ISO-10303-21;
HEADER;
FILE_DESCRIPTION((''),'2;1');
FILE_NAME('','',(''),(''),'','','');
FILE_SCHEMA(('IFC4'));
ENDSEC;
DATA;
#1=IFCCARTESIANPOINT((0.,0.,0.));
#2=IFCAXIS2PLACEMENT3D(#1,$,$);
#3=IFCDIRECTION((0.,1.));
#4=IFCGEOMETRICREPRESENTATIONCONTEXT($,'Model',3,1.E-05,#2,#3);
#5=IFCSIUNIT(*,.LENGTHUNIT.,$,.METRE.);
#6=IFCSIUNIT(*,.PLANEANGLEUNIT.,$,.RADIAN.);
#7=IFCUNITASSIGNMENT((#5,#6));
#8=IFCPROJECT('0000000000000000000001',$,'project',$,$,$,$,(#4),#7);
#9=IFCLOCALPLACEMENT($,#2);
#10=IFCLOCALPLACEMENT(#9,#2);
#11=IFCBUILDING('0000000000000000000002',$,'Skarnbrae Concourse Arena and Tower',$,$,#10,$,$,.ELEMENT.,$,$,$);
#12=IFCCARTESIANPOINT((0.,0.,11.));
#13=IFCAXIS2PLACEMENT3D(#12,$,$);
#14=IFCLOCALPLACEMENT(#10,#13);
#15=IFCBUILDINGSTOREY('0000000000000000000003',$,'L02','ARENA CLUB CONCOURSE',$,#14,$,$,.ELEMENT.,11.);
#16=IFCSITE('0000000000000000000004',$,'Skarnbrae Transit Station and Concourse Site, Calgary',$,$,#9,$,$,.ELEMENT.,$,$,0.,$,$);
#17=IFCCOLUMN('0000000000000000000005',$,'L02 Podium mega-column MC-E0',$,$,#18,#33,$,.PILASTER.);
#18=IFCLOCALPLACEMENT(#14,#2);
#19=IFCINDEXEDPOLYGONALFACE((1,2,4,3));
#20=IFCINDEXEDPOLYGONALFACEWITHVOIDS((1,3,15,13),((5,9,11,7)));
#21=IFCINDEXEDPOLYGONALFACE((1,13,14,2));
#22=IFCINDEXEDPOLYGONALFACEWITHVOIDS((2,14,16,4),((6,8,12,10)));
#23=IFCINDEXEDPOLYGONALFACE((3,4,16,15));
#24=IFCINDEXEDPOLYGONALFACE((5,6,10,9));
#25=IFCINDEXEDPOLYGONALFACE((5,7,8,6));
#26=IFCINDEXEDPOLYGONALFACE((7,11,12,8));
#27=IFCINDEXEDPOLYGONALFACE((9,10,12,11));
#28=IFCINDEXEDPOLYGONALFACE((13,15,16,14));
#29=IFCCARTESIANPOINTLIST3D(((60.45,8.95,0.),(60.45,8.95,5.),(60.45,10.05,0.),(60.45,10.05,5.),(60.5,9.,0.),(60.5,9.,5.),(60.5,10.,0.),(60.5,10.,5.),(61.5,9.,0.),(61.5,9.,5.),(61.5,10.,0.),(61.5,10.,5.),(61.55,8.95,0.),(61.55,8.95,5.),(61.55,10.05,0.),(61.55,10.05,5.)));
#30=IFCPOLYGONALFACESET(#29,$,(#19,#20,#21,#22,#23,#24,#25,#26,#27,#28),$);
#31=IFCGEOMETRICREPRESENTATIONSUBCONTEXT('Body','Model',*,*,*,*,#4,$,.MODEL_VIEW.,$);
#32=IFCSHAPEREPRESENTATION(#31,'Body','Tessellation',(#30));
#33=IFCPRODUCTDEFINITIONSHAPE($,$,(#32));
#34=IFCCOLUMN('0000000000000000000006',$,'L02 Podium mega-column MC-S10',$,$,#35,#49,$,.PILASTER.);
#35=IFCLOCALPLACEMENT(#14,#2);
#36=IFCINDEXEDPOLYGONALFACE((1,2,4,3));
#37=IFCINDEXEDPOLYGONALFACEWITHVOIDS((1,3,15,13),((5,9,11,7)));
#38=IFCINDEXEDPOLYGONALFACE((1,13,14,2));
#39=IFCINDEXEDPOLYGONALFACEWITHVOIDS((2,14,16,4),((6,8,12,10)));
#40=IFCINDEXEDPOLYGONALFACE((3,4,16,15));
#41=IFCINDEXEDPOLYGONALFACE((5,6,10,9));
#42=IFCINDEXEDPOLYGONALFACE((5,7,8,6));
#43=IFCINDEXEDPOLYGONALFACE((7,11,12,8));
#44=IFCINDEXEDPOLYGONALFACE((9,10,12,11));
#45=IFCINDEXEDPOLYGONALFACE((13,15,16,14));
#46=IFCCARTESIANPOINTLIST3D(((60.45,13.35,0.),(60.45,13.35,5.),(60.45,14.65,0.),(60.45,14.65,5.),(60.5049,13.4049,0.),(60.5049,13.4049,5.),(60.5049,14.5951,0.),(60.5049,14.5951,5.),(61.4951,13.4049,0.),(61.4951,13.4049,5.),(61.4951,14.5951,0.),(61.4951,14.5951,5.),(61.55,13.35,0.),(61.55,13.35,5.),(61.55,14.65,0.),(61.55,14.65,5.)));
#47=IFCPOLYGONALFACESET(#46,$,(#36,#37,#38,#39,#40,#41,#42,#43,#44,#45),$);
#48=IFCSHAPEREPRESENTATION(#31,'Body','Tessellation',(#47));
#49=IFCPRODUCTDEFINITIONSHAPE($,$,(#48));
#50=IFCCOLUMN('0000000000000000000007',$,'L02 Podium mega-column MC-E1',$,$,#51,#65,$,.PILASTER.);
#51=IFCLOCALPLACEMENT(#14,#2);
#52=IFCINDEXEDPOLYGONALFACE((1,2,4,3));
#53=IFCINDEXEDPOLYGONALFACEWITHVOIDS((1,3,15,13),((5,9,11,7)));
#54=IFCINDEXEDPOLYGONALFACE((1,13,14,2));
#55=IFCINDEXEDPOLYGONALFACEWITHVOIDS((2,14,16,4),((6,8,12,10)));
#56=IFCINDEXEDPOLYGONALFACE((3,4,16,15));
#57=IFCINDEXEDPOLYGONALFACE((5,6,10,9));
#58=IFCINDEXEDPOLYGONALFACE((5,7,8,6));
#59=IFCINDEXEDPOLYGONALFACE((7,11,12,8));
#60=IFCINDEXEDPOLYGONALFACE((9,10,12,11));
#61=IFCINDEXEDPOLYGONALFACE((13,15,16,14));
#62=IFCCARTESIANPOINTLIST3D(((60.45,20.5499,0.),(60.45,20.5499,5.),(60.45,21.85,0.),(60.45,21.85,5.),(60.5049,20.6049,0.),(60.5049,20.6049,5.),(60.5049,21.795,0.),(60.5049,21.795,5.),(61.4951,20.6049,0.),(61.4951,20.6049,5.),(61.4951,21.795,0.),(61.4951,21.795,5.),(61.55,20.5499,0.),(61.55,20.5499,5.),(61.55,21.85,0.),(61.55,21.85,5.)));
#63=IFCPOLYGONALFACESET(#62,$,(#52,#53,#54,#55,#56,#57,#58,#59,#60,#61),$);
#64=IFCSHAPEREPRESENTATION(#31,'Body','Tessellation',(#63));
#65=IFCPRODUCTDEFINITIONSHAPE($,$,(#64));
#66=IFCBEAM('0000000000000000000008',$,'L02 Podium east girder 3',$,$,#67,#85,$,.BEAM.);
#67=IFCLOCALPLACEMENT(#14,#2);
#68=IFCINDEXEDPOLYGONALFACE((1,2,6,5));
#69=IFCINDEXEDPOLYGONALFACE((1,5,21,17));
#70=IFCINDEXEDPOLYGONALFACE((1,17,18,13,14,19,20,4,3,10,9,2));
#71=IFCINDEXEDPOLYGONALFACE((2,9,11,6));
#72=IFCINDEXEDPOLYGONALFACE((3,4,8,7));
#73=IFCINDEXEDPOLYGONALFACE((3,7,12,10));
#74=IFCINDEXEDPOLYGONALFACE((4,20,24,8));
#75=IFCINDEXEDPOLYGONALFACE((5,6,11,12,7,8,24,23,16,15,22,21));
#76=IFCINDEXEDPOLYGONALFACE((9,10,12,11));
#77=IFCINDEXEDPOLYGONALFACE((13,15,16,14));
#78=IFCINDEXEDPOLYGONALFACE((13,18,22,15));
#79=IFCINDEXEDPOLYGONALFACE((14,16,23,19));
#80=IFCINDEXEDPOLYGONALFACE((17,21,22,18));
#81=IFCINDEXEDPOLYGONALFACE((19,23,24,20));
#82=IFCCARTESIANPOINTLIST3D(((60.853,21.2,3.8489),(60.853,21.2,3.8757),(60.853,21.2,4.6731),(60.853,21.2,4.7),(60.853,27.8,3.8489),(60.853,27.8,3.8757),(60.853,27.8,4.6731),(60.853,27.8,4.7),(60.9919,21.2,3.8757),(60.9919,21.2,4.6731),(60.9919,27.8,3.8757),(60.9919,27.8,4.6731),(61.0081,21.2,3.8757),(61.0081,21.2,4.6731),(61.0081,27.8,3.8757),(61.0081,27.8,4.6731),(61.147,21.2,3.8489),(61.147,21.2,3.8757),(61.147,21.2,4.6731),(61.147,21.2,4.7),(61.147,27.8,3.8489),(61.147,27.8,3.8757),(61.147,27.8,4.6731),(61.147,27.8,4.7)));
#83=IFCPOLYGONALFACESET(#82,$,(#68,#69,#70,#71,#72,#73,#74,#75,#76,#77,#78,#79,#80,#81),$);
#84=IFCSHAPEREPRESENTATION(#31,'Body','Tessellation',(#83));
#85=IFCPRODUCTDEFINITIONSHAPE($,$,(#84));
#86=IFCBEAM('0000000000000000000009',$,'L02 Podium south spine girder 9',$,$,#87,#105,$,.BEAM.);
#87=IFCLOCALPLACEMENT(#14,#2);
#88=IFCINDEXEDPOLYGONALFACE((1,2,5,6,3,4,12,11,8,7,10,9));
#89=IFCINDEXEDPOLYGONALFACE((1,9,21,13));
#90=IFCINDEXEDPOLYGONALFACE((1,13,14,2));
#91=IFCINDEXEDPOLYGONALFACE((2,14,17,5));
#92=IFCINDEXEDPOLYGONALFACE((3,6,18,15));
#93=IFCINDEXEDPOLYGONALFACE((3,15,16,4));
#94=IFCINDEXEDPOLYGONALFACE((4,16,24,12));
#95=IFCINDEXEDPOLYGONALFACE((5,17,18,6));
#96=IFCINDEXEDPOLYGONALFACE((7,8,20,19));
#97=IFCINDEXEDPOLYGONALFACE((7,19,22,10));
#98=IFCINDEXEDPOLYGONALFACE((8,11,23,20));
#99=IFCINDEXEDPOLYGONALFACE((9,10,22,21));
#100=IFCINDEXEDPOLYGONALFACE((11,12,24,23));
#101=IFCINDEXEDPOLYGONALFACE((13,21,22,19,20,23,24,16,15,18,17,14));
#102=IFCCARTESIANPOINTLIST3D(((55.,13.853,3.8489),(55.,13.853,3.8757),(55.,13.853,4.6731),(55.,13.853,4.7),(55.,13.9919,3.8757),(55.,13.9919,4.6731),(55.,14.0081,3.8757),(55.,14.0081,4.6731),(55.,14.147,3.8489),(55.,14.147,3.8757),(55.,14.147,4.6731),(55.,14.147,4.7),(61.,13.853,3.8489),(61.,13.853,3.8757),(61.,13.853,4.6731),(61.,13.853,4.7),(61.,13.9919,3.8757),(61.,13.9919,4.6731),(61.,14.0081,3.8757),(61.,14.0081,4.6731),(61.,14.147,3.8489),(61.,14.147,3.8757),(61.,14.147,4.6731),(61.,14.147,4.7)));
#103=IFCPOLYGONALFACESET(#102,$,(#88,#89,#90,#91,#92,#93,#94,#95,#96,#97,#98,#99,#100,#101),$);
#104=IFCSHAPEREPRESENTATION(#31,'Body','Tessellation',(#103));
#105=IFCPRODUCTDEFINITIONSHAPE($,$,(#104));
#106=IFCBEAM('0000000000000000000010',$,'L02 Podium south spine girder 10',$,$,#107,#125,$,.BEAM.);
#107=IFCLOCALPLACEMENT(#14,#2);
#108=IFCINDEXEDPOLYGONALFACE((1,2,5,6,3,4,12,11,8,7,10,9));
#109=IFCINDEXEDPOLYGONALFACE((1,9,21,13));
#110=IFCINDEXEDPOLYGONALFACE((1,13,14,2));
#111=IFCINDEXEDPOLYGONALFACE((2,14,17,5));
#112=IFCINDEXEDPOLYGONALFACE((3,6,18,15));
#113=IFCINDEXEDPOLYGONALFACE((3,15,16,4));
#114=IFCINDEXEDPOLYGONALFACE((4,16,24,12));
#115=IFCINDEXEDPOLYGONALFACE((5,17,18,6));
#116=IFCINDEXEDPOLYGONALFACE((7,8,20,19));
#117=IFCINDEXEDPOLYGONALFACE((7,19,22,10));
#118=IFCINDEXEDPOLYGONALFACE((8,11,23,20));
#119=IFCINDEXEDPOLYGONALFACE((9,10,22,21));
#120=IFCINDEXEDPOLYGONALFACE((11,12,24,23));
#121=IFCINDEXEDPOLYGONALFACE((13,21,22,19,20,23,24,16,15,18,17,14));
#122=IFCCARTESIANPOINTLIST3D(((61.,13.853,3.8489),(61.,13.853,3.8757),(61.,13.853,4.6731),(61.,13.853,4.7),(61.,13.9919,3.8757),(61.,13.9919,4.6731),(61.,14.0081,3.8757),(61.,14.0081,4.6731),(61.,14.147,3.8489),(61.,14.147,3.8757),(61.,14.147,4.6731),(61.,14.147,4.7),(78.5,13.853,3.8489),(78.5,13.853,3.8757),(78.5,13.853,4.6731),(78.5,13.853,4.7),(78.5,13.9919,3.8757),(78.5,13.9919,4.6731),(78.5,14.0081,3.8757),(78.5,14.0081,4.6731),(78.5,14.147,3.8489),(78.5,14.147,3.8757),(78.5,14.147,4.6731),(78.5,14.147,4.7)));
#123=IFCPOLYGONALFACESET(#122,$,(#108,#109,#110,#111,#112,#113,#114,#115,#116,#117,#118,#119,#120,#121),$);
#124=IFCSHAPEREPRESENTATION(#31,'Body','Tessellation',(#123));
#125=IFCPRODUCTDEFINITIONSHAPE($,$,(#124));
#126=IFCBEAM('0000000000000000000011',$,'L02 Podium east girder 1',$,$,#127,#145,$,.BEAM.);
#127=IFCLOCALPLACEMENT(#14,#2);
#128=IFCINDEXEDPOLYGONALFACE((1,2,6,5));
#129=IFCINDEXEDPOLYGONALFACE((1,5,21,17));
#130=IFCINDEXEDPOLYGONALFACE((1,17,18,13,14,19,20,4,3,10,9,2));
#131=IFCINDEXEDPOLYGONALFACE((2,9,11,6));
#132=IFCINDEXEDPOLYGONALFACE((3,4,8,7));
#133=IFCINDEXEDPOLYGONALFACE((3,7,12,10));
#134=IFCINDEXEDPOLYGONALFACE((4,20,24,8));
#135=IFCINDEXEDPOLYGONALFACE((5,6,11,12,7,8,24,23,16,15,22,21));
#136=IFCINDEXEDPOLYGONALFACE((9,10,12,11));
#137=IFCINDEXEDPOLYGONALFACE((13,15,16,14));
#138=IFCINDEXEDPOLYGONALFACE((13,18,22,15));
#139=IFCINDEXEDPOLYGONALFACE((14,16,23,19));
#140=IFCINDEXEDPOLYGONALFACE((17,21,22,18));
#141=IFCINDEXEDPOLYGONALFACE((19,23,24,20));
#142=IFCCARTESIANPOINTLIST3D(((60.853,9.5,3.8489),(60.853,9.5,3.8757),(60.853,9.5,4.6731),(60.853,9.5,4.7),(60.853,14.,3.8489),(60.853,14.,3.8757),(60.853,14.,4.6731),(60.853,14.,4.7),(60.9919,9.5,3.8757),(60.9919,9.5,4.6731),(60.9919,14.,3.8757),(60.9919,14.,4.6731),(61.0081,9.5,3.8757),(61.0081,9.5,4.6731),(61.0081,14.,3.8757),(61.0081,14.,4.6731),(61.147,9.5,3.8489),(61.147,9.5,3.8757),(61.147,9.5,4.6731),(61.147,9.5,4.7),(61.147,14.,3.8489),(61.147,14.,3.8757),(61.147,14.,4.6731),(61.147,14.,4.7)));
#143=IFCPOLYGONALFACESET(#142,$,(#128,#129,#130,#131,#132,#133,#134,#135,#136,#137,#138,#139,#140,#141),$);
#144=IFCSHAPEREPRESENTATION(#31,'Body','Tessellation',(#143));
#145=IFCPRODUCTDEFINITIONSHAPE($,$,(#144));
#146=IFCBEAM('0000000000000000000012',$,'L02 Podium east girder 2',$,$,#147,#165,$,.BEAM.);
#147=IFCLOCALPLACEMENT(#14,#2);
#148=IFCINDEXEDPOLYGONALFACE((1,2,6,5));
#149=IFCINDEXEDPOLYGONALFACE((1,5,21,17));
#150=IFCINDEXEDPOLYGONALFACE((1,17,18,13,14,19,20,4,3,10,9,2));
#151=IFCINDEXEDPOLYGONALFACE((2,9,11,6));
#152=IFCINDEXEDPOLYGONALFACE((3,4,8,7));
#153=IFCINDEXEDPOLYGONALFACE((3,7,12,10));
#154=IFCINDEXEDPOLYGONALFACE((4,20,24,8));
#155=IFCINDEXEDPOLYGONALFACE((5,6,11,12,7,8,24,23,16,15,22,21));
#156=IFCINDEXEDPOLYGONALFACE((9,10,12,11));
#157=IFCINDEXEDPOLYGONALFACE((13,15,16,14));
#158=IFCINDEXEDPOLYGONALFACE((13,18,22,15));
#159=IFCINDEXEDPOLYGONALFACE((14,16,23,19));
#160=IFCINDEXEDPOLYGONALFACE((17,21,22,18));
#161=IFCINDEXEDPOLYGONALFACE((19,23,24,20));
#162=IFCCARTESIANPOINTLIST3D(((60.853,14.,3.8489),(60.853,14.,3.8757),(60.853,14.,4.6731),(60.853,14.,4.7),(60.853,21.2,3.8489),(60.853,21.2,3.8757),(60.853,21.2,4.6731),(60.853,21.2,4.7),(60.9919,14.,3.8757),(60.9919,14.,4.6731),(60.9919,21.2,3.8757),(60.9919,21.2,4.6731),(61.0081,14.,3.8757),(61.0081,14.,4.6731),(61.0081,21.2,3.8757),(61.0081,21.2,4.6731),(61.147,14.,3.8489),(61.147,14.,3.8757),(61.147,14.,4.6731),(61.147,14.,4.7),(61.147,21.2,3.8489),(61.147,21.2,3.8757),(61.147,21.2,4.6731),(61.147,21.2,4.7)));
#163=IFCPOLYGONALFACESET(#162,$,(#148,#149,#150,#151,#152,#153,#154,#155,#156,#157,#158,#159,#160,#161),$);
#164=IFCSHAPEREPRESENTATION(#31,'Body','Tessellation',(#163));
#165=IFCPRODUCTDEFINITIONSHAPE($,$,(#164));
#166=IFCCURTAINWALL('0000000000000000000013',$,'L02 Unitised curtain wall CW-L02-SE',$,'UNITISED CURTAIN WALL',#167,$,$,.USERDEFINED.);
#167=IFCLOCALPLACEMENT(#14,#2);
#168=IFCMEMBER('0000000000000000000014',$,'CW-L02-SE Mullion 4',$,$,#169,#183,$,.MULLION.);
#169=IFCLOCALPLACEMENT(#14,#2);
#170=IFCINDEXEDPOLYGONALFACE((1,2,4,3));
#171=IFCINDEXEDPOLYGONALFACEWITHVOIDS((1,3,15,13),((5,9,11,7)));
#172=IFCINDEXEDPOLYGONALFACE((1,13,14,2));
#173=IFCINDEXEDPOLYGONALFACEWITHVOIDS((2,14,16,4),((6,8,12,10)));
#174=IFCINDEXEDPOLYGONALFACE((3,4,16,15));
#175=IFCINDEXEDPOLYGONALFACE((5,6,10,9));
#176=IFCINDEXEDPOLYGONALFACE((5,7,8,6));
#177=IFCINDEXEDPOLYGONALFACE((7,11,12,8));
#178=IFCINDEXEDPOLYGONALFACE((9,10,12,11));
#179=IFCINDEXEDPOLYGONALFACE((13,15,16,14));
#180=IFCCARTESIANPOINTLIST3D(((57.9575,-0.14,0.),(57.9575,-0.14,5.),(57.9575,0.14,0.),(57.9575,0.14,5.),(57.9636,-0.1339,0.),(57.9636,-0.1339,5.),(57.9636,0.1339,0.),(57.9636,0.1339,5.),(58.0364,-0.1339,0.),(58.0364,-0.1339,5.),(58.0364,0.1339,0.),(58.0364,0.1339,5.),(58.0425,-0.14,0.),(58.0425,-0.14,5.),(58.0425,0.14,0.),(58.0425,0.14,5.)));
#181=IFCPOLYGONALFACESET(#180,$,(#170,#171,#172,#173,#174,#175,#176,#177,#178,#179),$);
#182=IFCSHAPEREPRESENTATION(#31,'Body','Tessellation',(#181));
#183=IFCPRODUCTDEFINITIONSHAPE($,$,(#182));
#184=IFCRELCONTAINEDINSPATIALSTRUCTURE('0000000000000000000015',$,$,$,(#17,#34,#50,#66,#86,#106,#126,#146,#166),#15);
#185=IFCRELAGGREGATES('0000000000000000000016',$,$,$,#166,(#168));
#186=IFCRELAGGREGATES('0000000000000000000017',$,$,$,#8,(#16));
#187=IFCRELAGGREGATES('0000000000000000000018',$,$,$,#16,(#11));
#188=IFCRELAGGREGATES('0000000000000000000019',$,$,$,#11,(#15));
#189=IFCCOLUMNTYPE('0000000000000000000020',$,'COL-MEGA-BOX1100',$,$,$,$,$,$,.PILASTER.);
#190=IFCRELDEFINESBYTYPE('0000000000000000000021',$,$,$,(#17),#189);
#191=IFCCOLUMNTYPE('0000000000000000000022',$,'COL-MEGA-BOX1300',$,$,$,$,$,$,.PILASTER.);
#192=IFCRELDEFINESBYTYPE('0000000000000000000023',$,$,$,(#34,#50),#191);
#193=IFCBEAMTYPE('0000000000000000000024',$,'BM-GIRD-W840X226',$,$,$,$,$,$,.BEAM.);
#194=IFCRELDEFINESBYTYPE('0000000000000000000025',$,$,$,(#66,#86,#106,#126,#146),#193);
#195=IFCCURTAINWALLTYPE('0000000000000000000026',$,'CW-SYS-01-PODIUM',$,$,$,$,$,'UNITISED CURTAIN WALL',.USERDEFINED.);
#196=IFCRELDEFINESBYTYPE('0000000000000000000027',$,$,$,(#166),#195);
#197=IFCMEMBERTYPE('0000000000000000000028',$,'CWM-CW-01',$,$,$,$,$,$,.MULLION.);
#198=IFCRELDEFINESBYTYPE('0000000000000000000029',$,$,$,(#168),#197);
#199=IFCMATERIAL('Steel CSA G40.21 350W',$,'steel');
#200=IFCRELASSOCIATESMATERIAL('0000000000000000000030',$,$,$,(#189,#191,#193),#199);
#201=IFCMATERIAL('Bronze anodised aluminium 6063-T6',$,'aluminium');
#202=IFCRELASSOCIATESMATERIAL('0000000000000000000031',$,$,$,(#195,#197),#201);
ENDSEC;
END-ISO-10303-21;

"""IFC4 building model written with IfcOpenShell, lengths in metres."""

from ifc_helpers import new_model, si_unit, direction, frame, origin, origin_2d, place, context, subcontext, project, spatial, hollow_rectangle, i_section, extrude, source, transform, mapped, material, material_profile, profile_set, type_object, element, aggregate, save


model = new_model("IFC4")

# Units and contexts
model_context = context("Model", 3, precision=1e-05, world=origin(), true_north=direction((0.0, 1.0)))
body_context = subcontext(model_context, "Body", "Model", "MODEL_VIEW")
ifc_project = project(units=[si_unit("LENGTHUNIT", "METRE"), si_unit("PLANEANGLEUNIT", "RADIAN")], contexts=[model_context])

# Site, building, storey
site_placement = place(None, origin())
site = spatial("IfcSite", under=ifc_project, at=site_placement, Name="Skarnbrae Transit Station and Concourse Site, Calgary", CompositionType="ELEMENT", RefElevation=0.0)
building_placement = place(site_placement, origin())
building = spatial("IfcBuilding", under=site, at=building_placement, Name="Skarnbrae Concourse Arena and Tower", CompositionType="ELEMENT")
storey_placement = place(building_placement, frame((0.0, 0.0, 11.0)))
storey = spatial("IfcBuildingStorey", under=building, at=storey_placement, Name="L02", Description="ARENA CLUB CONCOURSE", CompositionType="ELEMENT", Elevation=11.0)

# Columns
ifc_material_1 = material(Name="Steel CSA G40.21 350W", Category="steel")
ifc_material_profile_1 = material_profile(ifc_material_1, hollow_rectangle(XDim=1.1001, YDim=1.1001, WallThickness=0.05, at=origin_2d()), Name="BOX1100X1100X50")
ifc_profile_set_1 = profile_set([ifc_material_profile_1], Name="Steel CSA G40.21 350W")
column_type_1 = type_object("IfcColumnType", Name="COL-MEGA-BOX1100", PredefinedType="PILASTER", material=ifc_profile_set_1)
shared_shape_1 = source(origin(), body_context, "Body", "SweptSolid", [
    extrude(hollow_rectangle(XDim=1.1001, YDim=1.1001, WallThickness=0.05, at=origin_2d()), origin(), (0.0, 0.0, 1.0), 5.0),
])
column_placement = place(storey_placement, frame((61.0, 9.5, 0.0), z_axis=(0.0, 0.0, 1.0), x_axis=(1.0, 0.0, 0.0)))
element("IfcColumn", 1, at=column_placement, inside=storey, type_object=column_type_1, Name="L02 Podium mega-column MC-E0", PredefinedType="PILASTER", context=body_context, shape_type="MappedRepresentation", body=[
    mapped(shared_shape_1, transform((0.0, 0.0, 0.0))),
])
ifc_material_profile_2 = material_profile(ifc_material_1, hollow_rectangle(XDim=1.1001, YDim=1.3, WallThickness=0.0549, at=origin_2d()), Name="BOX1300X1100X55")
ifc_profile_set_2 = profile_set([ifc_material_profile_2], Name="Steel CSA G40.21 350W")
column_type_2 = type_object("IfcColumnType", Name="COL-MEGA-BOX1300", PredefinedType="PILASTER", material=ifc_profile_set_2)
shared_shape_2 = source(origin(), body_context, "Body", "SweptSolid", [
    extrude(hollow_rectangle(XDim=1.1001, YDim=1.3, WallThickness=0.0549, at=origin_2d()), origin(), (0.0, 0.0, 1.0), 5.0),
])
for number, where, z_axis, x_axis, name in (
    (2, (61.0, 14.0, 0.0), (0.0, 0.0, 1.0), (1.0, 0.0, 0.0), "L02 Podium mega-column MC-S10"),
    (3, (61.0, 21.2, 0.0), (0.0, 0.0, 1.0), (1.0, 0.0, 0.0), "L02 Podium mega-column MC-E1"),
):
    element("IfcColumn", number, at=place(storey_placement, frame(where, z_axis=z_axis, x_axis=x_axis)), inside=storey, type_object=column_type_2, Name=name, PredefinedType="PILASTER", context=body_context, shape_type="MappedRepresentation", body=[
        mapped(shared_shape_2, transform((0.0, 0.0, 0.0))),
    ])

# Beams
ifc_material_profile_3 = material_profile(ifc_material_1, i_section(OverallWidth=0.2939, OverallDepth=0.8511, WebThickness=0.0161, FlangeThickness=0.0269, at=origin_2d()), Name="W840X226")
ifc_profile_set_3 = profile_set([ifc_material_profile_3], Name="Steel CSA G40.21 350W")
beam_type_1 = type_object("IfcBeamType", Name="BM-GIRD-W840X226", PredefinedType="BEAM", material=ifc_profile_set_3)
shared_shape_3 = source(origin(), body_context, "Body", "SweptSolid", [
    extrude(i_section(OverallWidth=0.2939, OverallDepth=0.8511, WebThickness=0.0161, FlangeThickness=0.0269, at=origin_2d()), origin(), (0.0, 0.0, 1.0), 6.6001),
])
beam_1_placement = place(storey_placement, frame((61.0, 21.2, 4.2744), z_axis=(0.0, 1.0, 0.0), x_axis=(-1.0, 0.0, 0.0)))
element("IfcBeam", 4, at=beam_1_placement, inside=storey, type_object=beam_type_1, Name="L02 Podium east girder 3", PredefinedType="BEAM", context=body_context, shape_type="MappedRepresentation", body=[
    mapped(shared_shape_3, transform((0.0, 0.0, 0.0))),
])
shared_shape_4 = source(origin(), body_context, "Body", "SweptSolid", [
    extrude(i_section(OverallWidth=0.2939, OverallDepth=0.8511, WebThickness=0.0161, FlangeThickness=0.0269, at=origin_2d()), origin(), (0.0, 0.0, 1.0), 6.0),
])
beam_2_placement = place(storey_placement, frame((55.0, 14.0, 4.2744), z_axis=(1.0, 0.0, 0.0), x_axis=(0.0, 1.0, 0.0)))
element("IfcBeam", 5, at=beam_2_placement, inside=storey, type_object=beam_type_1, Name="L02 Podium south spine girder 9", PredefinedType="BEAM", context=body_context, shape_type="MappedRepresentation", body=[
    mapped(shared_shape_4, transform((0.0, 0.0, 0.0))),
])
shared_shape_5 = source(origin(), body_context, "Body", "SweptSolid", [
    extrude(i_section(OverallWidth=0.2939, OverallDepth=0.8511, WebThickness=0.0161, FlangeThickness=0.0269, at=origin_2d()), origin(), (0.0, 0.0, 1.0), 17.5),
])
beam_3_placement = place(storey_placement, frame((61.0, 14.0, 4.2744), z_axis=(1.0, 0.0, 0.0), x_axis=(0.0, 1.0, 0.0)))
element("IfcBeam", 6, at=beam_3_placement, inside=storey, type_object=beam_type_1, Name="L02 Podium south spine girder 10", PredefinedType="BEAM", context=body_context, shape_type="MappedRepresentation", body=[
    mapped(shared_shape_5, transform((0.0, 0.0, 0.0))),
])
shared_shape_6 = source(origin(), body_context, "Body", "SweptSolid", [
    extrude(i_section(OverallWidth=0.2939, OverallDepth=0.8511, WebThickness=0.0161, FlangeThickness=0.0269, at=origin_2d()), origin(), (0.0, 0.0, 1.0), 4.5),
])
beam_4_placement = place(storey_placement, frame((61.0, 9.5, 4.2744), z_axis=(0.0, 1.0, 0.0), x_axis=(-1.0, 0.0, 0.0)))
element("IfcBeam", 7, at=beam_4_placement, inside=storey, type_object=beam_type_1, Name="L02 Podium east girder 1", PredefinedType="BEAM", context=body_context, shape_type="MappedRepresentation", body=[
    mapped(shared_shape_6, transform((0.0, 0.0, 0.0))),
])
shared_shape_7 = source(origin(), body_context, "Body", "SweptSolid", [
    extrude(i_section(OverallWidth=0.2939, OverallDepth=0.8511, WebThickness=0.0161, FlangeThickness=0.0269, at=origin_2d()), origin(), (0.0, 0.0, 1.0), 7.2),
])
beam_5_placement = place(storey_placement, frame((61.0, 14.0, 4.2744), z_axis=(0.0, 1.0, 0.0), x_axis=(-1.0, 0.0, 0.0)))
element("IfcBeam", 8, at=beam_5_placement, inside=storey, type_object=beam_type_1, Name="L02 Podium east girder 2", PredefinedType="BEAM", context=body_context, shape_type="MappedRepresentation", body=[
    mapped(shared_shape_7, transform((0.0, 0.0, 0.0))),
])

# Curtain wall, member
ifc_material_2 = material(Name="Bronze anodised aluminium 6063-T6", Category="aluminium")
curtain_wall_type = type_object("IfcCurtainWallType", Name="CW-SYS-01-PODIUM", ElementType="UNITISED CURTAIN WALL", PredefinedType="USERDEFINED", material=ifc_material_2)
curtain_wall_placement = place(storey_placement, origin())
curtain_wall = element("IfcCurtainWall", 9, at=curtain_wall_placement, inside=storey, type_object=curtain_wall_type, Name="L02 Unitised curtain wall CW-L02-SE", ObjectType="UNITISED CURTAIN WALL", PredefinedType="USERDEFINED")
ifc_material_profile_4 = material_profile(ifc_material_2, hollow_rectangle(XDim=0.085, YDim=0.28, WallThickness=0.0061, at=origin_2d()), Name="ALU-MULL-85X280")
ifc_profile_set_4 = profile_set([ifc_material_profile_4], Name="Bronze anodised aluminium 6063-T6")
member_type_1 = type_object("IfcMemberType", Name="CWM-CW-01", PredefinedType="MULLION", material=ifc_profile_set_4)
shared_shape_8 = source(origin(), body_context, "Body", "SweptSolid", [
    extrude(hollow_rectangle(XDim=0.085, YDim=0.28, WallThickness=0.0061, at=origin_2d()), origin(), (0.0, 0.0, 1.0), 5.0),
])
member_1_placement = place(storey_placement, frame((58.0, 0.0, 0.0), z_axis=(0.0, 0.0, 1.0), x_axis=(1.0, 0.0, 0.0)))
member_1 = element("IfcMember", 10, at=member_1_placement, type_object=member_type_1, Name="CW-L02-SE Mullion 4", PredefinedType="MULLION", context=body_context, shape_type="MappedRepresentation", body=[
    mapped(shared_shape_8, transform((0.0, 0.0, 0.0))),
])

aggregate(curtain_wall, [member_1])

save(model, "model.ifc")
